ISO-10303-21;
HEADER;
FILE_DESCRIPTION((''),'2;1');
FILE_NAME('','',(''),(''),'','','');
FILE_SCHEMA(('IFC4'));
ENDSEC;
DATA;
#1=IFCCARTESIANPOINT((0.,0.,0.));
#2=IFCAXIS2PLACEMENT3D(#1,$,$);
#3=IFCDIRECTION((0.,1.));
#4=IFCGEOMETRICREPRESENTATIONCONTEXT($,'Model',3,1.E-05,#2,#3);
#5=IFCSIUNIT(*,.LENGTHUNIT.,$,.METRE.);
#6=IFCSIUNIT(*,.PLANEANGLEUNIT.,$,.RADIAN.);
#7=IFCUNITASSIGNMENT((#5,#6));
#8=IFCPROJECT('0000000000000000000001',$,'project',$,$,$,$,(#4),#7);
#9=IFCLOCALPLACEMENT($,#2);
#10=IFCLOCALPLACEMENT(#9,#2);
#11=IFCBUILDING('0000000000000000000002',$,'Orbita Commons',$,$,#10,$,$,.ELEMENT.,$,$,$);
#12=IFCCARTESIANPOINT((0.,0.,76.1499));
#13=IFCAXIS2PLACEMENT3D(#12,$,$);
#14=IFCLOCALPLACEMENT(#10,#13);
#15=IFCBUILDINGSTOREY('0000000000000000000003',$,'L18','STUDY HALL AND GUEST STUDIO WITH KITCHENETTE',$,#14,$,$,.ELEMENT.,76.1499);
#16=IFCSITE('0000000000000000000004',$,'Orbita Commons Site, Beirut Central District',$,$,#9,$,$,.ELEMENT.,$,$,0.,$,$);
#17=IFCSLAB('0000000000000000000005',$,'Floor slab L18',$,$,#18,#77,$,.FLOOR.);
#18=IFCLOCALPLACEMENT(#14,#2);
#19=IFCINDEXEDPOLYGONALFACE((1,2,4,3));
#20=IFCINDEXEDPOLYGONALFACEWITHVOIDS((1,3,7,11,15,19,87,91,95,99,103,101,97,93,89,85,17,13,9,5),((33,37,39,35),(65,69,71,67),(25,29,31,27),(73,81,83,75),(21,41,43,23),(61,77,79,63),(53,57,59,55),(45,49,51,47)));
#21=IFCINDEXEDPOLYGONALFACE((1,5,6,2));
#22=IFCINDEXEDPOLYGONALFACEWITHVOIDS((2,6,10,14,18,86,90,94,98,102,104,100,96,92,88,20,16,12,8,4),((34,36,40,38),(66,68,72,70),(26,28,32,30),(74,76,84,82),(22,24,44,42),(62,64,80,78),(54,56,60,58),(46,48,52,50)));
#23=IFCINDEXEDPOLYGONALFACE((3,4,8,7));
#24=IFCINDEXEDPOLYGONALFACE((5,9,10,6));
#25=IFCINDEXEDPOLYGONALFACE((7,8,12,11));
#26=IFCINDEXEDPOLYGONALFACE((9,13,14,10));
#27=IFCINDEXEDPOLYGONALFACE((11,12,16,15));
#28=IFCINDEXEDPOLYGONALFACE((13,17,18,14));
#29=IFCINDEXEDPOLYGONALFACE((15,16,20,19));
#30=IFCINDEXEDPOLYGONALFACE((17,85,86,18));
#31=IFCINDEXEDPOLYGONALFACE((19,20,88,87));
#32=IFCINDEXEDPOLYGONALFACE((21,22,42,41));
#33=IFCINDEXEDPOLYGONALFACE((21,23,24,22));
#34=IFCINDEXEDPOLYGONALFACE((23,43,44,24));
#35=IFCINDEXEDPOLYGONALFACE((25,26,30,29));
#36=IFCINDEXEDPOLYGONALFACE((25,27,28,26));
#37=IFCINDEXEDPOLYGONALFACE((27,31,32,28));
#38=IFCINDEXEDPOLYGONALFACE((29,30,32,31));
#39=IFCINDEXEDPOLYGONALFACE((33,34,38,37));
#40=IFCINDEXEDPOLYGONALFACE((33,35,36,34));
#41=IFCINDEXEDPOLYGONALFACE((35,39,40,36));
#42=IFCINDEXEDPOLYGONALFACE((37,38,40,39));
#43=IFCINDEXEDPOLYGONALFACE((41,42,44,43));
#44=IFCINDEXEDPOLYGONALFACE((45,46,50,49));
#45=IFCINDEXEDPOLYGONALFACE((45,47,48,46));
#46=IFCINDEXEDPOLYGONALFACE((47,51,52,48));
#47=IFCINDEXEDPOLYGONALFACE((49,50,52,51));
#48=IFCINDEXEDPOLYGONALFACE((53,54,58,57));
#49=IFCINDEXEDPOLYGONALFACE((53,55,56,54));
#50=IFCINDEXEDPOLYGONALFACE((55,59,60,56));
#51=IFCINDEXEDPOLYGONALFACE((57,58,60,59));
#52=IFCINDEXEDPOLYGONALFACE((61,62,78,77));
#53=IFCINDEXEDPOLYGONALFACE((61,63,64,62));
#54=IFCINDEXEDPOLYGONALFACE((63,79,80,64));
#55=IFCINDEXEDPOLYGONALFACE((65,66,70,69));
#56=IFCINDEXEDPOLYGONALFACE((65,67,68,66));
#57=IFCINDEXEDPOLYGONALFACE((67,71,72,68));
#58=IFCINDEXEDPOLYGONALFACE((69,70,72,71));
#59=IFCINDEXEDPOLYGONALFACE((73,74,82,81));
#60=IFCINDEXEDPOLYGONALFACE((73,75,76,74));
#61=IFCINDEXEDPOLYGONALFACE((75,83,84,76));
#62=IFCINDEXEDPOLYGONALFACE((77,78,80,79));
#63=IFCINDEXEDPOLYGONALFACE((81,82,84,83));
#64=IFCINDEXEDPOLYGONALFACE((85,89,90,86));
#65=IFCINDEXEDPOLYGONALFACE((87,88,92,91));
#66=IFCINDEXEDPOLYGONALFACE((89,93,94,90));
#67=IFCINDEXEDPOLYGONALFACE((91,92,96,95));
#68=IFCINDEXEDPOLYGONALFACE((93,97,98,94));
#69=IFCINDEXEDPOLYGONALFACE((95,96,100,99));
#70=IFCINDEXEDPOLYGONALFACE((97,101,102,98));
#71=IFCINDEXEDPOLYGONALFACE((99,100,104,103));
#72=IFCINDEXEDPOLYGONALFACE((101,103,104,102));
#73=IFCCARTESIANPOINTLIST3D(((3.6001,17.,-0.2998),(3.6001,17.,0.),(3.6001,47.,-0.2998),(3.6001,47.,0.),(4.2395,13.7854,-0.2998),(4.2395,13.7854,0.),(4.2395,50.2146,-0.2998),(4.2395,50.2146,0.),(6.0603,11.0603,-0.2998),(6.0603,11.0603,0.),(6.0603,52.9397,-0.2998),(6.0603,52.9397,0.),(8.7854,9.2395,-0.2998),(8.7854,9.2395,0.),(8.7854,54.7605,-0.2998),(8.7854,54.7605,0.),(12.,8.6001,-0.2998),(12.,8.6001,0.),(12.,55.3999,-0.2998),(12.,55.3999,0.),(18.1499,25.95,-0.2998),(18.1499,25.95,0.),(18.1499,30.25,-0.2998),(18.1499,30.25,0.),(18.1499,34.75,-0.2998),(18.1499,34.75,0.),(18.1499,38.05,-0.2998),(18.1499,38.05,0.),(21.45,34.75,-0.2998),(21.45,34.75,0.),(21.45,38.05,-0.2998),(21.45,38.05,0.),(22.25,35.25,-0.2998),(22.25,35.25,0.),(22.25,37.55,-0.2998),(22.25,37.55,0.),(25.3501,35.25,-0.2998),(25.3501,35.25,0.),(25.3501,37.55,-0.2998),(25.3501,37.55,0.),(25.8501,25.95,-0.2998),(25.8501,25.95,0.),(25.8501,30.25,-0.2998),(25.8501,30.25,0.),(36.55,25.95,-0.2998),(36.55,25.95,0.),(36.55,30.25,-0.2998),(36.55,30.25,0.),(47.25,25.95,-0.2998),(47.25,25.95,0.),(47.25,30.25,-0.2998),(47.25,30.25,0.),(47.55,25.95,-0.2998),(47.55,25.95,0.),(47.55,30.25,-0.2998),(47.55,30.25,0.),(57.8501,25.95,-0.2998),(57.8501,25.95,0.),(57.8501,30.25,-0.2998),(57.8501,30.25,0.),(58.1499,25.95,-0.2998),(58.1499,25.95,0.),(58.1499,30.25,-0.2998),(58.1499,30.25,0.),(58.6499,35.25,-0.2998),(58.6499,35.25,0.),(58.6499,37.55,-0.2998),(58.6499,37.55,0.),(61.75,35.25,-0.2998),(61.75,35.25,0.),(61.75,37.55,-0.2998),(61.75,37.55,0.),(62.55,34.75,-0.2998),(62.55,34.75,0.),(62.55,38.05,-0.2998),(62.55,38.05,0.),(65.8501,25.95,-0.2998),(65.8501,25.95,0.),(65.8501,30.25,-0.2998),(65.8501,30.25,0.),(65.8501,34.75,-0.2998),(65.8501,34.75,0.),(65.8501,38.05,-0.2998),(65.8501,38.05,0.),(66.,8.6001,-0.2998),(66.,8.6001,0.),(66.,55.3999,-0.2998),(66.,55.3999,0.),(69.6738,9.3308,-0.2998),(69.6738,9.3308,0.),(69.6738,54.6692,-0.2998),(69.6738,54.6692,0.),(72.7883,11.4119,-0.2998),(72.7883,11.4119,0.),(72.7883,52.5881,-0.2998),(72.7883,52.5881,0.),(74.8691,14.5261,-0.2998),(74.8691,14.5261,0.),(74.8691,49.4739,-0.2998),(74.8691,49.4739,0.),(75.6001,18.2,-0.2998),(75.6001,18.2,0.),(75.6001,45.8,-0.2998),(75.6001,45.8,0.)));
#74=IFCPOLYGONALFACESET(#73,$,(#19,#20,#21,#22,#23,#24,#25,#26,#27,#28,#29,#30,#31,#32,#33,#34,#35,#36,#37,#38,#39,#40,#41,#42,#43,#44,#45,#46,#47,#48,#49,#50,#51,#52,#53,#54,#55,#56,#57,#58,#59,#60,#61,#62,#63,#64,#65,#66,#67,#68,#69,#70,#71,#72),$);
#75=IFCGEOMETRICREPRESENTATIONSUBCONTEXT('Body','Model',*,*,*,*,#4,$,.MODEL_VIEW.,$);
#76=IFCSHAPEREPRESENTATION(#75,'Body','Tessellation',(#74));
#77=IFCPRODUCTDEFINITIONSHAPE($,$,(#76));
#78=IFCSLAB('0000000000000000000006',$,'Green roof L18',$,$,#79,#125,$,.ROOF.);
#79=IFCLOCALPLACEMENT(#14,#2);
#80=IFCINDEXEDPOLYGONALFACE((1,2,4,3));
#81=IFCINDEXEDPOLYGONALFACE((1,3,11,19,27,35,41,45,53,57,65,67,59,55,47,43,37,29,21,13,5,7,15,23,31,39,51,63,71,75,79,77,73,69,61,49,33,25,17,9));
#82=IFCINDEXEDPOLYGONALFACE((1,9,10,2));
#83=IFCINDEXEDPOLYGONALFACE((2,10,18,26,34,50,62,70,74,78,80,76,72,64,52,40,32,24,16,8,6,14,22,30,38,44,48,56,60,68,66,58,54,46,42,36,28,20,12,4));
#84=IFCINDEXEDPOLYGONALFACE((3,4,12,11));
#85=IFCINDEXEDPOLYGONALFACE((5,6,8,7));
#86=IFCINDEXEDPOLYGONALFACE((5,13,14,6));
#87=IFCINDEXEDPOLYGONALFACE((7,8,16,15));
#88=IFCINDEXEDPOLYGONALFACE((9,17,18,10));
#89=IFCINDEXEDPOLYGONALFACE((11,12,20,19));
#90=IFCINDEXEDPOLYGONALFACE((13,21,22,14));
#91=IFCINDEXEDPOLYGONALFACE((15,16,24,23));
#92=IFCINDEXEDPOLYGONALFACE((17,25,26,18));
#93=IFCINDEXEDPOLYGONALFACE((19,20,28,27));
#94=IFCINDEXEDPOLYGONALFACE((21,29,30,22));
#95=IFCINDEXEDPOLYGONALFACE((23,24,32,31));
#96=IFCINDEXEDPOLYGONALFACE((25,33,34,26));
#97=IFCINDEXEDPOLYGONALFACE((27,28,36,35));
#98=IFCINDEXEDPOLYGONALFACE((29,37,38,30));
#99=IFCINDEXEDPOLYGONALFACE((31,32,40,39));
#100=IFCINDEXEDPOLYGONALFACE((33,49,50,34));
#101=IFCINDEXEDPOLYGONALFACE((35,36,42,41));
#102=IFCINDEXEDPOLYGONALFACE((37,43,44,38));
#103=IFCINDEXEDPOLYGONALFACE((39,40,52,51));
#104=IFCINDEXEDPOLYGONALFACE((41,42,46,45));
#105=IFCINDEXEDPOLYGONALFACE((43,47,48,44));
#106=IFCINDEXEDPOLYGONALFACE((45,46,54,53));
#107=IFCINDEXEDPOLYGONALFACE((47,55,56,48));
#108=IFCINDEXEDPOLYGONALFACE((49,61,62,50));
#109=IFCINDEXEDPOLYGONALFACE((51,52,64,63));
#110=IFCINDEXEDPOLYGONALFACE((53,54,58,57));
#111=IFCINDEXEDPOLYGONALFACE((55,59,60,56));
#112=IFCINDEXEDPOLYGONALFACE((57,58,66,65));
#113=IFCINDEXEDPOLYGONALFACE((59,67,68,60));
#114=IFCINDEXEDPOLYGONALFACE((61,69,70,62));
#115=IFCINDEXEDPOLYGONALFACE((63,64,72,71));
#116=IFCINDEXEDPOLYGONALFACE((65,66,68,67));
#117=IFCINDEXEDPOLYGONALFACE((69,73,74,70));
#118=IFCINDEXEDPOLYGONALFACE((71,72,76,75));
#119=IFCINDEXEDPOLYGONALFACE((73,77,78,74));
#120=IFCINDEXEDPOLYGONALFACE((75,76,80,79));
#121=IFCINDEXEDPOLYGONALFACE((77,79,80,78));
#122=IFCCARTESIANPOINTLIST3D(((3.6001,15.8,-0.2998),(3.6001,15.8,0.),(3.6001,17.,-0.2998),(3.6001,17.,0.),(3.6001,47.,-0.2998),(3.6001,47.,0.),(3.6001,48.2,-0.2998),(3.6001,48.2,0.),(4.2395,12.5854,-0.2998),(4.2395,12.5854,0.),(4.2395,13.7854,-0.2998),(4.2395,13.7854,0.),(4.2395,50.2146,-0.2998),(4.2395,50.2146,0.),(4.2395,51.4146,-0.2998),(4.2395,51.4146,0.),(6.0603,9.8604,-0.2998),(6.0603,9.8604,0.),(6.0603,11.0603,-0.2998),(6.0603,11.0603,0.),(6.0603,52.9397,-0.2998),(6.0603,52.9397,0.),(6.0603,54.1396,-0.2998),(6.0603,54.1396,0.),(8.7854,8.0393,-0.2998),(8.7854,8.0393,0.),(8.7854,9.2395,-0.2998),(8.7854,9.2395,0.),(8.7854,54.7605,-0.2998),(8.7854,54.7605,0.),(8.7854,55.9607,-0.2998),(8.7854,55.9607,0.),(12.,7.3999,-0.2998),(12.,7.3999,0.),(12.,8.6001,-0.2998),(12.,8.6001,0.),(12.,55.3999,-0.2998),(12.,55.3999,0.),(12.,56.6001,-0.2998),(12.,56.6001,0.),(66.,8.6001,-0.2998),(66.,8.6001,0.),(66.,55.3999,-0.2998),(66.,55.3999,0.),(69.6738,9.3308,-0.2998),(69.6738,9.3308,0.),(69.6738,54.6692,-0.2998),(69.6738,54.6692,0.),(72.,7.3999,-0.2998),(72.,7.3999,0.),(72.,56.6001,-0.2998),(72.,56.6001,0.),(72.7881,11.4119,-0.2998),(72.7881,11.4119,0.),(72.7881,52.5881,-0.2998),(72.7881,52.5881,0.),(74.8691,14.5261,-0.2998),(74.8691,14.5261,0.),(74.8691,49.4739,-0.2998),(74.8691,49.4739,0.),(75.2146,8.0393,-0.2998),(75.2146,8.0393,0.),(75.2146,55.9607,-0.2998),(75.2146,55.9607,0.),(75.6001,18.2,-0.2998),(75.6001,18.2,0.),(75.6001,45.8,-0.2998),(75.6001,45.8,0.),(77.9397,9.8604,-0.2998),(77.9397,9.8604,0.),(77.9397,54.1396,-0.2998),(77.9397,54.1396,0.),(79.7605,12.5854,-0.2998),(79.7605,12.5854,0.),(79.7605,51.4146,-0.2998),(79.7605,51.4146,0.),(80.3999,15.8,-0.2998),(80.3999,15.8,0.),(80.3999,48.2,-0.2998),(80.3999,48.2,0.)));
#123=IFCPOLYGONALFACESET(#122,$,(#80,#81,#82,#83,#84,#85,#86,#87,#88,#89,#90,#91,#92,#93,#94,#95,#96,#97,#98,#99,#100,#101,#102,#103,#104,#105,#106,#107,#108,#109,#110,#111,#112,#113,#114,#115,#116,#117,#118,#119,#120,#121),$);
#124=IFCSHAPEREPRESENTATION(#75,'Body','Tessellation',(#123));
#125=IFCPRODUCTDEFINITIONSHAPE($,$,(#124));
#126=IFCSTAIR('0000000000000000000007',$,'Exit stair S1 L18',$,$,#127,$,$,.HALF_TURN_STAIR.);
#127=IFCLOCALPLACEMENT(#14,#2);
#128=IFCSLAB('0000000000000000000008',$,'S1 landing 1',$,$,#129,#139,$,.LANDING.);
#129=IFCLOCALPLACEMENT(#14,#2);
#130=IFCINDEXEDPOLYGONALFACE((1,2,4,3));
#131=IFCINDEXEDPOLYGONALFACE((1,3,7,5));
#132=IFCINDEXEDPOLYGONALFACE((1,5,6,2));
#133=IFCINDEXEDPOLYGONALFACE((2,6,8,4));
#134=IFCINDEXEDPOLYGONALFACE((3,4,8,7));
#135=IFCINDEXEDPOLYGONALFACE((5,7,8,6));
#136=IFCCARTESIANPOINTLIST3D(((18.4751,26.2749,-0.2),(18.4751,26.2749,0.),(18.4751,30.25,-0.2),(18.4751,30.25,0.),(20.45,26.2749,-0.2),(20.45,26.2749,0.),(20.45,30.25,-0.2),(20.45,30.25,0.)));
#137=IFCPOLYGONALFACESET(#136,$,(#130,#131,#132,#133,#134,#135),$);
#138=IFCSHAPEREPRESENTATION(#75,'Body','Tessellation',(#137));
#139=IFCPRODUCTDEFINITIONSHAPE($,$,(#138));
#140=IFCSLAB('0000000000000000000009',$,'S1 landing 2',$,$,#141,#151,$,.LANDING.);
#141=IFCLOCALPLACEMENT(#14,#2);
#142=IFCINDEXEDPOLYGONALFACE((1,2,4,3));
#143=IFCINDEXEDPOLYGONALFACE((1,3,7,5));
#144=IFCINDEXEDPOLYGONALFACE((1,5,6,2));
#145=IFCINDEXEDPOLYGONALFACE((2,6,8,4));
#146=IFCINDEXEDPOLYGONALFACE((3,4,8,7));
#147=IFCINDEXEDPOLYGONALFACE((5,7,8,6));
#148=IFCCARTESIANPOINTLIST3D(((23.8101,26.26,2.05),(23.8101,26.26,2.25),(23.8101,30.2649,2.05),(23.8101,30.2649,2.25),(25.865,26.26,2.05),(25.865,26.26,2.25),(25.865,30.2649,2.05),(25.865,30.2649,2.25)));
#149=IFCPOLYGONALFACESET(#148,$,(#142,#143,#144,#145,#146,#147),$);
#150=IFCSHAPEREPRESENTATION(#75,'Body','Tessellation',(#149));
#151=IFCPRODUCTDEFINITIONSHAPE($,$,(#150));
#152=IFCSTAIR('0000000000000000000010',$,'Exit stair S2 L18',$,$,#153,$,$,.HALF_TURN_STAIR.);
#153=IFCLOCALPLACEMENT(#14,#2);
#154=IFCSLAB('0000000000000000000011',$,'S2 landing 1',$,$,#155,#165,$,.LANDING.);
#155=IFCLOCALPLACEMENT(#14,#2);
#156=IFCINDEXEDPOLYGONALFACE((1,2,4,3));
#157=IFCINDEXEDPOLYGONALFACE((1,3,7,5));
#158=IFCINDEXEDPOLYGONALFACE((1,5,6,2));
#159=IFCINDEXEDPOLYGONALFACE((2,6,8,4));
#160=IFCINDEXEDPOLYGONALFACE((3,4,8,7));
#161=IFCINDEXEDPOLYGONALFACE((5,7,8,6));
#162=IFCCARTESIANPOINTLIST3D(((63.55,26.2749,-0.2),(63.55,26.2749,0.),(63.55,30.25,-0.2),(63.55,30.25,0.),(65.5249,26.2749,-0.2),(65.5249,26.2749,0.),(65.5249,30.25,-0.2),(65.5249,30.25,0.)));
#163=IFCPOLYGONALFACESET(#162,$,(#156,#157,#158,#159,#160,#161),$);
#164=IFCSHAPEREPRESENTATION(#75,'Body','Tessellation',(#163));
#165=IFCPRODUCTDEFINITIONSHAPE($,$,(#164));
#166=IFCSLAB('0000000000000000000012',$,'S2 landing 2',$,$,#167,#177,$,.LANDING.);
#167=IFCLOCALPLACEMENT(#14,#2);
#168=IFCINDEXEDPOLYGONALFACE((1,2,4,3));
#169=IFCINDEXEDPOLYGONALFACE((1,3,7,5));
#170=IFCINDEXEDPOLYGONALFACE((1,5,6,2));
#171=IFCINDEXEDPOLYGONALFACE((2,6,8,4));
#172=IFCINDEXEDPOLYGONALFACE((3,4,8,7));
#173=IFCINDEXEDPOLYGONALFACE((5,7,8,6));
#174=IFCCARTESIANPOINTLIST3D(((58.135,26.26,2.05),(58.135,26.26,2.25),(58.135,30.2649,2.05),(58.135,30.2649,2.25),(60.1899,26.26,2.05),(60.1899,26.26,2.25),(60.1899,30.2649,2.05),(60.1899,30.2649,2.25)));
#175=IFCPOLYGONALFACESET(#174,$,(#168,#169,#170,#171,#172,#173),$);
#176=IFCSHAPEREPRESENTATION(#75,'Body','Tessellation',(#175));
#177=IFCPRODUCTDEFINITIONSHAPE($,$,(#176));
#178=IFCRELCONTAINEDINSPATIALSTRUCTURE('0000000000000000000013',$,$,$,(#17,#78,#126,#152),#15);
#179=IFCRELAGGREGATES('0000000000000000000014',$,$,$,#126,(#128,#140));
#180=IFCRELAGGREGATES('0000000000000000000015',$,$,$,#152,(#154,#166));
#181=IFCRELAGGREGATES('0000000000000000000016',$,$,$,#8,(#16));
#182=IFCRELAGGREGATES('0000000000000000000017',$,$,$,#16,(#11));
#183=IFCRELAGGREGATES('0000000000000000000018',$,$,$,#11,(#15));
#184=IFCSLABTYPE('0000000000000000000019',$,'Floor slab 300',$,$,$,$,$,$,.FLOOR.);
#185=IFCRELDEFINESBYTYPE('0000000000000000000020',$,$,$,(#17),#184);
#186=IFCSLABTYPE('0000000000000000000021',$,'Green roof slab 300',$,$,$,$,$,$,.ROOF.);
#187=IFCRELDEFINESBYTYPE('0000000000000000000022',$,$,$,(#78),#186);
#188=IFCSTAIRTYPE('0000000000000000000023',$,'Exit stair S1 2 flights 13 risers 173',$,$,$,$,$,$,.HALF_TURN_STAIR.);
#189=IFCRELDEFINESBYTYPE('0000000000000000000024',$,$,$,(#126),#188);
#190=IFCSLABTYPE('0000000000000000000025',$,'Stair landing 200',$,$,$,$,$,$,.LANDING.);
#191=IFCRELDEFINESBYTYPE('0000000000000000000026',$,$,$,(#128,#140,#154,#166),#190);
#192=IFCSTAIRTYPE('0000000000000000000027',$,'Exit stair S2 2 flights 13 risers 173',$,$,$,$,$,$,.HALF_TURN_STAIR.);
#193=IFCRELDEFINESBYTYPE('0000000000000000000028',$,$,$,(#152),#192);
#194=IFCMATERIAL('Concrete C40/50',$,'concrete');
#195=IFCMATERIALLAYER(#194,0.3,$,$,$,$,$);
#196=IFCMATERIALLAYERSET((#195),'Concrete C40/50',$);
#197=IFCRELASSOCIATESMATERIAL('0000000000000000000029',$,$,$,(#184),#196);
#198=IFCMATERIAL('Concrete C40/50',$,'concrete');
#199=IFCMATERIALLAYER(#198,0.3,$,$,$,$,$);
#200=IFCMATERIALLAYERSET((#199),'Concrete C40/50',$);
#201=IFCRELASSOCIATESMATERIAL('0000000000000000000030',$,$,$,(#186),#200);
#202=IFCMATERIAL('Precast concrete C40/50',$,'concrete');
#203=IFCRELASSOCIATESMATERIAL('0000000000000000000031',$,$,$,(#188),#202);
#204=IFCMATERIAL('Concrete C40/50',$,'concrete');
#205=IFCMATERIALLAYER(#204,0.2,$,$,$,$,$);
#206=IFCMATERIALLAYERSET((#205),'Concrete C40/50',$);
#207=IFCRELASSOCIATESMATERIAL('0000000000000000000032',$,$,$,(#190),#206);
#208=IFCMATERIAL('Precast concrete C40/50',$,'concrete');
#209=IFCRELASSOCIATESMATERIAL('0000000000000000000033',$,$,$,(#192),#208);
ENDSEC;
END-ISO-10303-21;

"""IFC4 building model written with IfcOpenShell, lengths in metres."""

from ifc_helpers import new_model, si_unit, direction, frame, origin, place, context, subcontext, project, spatial, polyline, outline, extrude, material, layer, layer_set, type_object, element, aggregate, save


model = new_model("IFC4")

# Units and contexts
model_context = context("Model", 3, precision=1e-05, world=origin(), true_north=direction((0.0, 1.0)))
body_context = subcontext(model_context, "Body", "Model", "MODEL_VIEW")
ifc_project = project(units=[si_unit("LENGTHUNIT", "METRE"), si_unit("PLANEANGLEUNIT", "RADIAN")], contexts=[model_context])

# Site, building, storey
site_placement = place(None, origin())
site = spatial("IfcSite", under=ifc_project, at=site_placement, Name="Orbita Commons Site, Beirut Central District", CompositionType="ELEMENT", RefElevation=0.0)
building_placement = place(site_placement, origin())
building = spatial("IfcBuilding", under=site, at=building_placement, Name="Orbita Commons", CompositionType="ELEMENT")
storey_placement = place(building_placement, frame((0.0, 0.0, 76.1499)))
storey = spatial("IfcBuildingStorey", under=building, at=storey_placement, Name="L18", Description="STUDY HALL AND GUEST STUDIO WITH KITCHENETTE", CompositionType="ELEMENT", Elevation=76.1499)

# Slabs
ifc_material_1 = material(Name="Concrete C40/50", Category="concrete")
ifc_layer_1 = layer(ifc_material_1, 0.3)
ifc_layer_set_1 = layer_set([ifc_layer_1], Name="Concrete C40/50")
slab_type_1 = type_object("IfcSlabType", Name="Floor slab 300", PredefinedType="FLOOR", material=ifc_layer_set_1)
slab_1_placement = place(storey_placement, frame((0.0, 0.0, -0.2998)))
element("IfcSlab", 1, at=slab_1_placement, inside=storey, type_object=slab_type_1, Name="Floor slab L18", PredefinedType="FLOOR", context=body_context, shape_type="SweptSolid", body=[
    extrude(outline(polyline([(66.0, 8.6001), (69.6738, 9.3308), (72.7883, 11.4119), (74.8691, 14.5261), (75.6001, 18.2), (75.6001, 45.8), (74.8691, 49.4739), (72.7883, 52.5881), (69.6738, 54.6692), (66.0, 55.3999), (12.0, 55.3999), (8.7854, 54.7605), (6.0603, 52.9397), (4.2395, 50.2146), (3.6001, 47.0), (3.6001, 17.0), (4.2395, 13.7854), (6.0603, 11.0603), (8.7854, 9.2395), (12.0, 8.6001), (66.0, 8.6001)]), holes=[polyline([(18.1499, 25.95), (25.8501, 25.95), (25.8501, 30.25), (18.1499, 30.25), (18.1499, 25.95)]), polyline([(58.1499, 25.95), (65.8501, 25.95), (65.8501, 30.25), (58.1499, 30.25), (58.1499, 25.95)]), polyline([(18.1499, 34.75), (21.45, 34.75), (21.45, 38.05), (18.1499, 38.05), (18.1499, 34.75)]), polyline([(62.55, 34.75), (65.8501, 34.75), (65.8501, 38.05), (62.55, 38.05), (62.55, 34.75)]), polyline([(22.25, 35.25), (25.3501, 35.25), (25.3501, 37.55), (22.25, 37.55), (22.25, 35.25)]), polyline([(58.6499, 35.25), (61.75, 35.25), (61.75, 37.55), (58.6499, 37.55), (58.6499, 35.25)]), polyline([(36.55, 25.95), (47.25, 25.95), (47.25, 30.25), (36.55, 30.25), (36.55, 25.95)]), polyline([(47.55, 25.95), (57.8501, 25.95), (57.8501, 30.25), (47.55, 30.25), (47.55, 25.95)])]), origin(), (0.0, 0.0, 1.0), 0.2998),
])
ifc_material_2 = material(Name="Concrete C40/50", Category="concrete")
ifc_layer_2 = layer(ifc_material_2, 0.3)
ifc_layer_set_2 = layer_set([ifc_layer_2], Name="Concrete C40/50")
slab_type_2 = type_object("IfcSlabType", Name="Green roof slab 300", PredefinedType="ROOF", material=ifc_layer_set_2)
slab_2_placement = place(storey_placement, frame((0.0, 0.0, -0.2998)))
element("IfcSlab", 2, at=slab_2_placement, inside=storey, type_object=slab_type_2, Name="Green roof L18", PredefinedType="ROOF", context=body_context, shape_type="SweptSolid", body=[
    extrude(outline(polyline([(3.6001, 48.2), (4.2395, 51.4146), (6.0603, 54.1396), (8.7854, 55.9607), (12.0, 56.6001), (72.0, 56.6001), (75.2146, 55.9607), (77.9397, 54.1396), (79.7605, 51.4146), (80.3999, 48.2), (80.3999, 15.8), (79.7605, 12.5854), (77.9397, 9.8604), (75.2146, 8.0393), (72.0, 7.3999), (12.0, 7.3999), (8.7854, 8.0393), (6.0603, 9.8604), (4.2395, 12.5854), (3.6001, 15.8), (3.6001, 17.0), (4.2395, 13.7854), (6.0603, 11.0603), (8.7854, 9.2395), (12.0, 8.6001), (66.0, 8.6001), (69.6738, 9.3308), (72.7881, 11.4119), (74.8691, 14.5261), (75.6001, 18.2), (75.6001, 45.8), (74.8691, 49.4739), (72.7881, 52.5881), (69.6738, 54.6692), (66.0, 55.3999), (12.0, 55.3999), (8.7854, 54.7605), (6.0603, 52.9397), (4.2395, 50.2146), (3.6001, 47.0), (3.6001, 48.2)])), origin(), (0.0, 0.0, 1.0), 0.2998),
])

# Stairs, slabs
ifc_material_3 = material(Name="Precast concrete C40/50", Category="concrete")
stair_type_1 = type_object("IfcStairType", Name="Exit stair S1 2 flights 13 risers 173", PredefinedType="HALF_TURN_STAIR", material=ifc_material_3)
stair_1_placement = place(storey_placement, origin())
stair_1 = element("IfcStair", 3, at=stair_1_placement, inside=storey, type_object=stair_type_1, Name="Exit stair S1 L18", PredefinedType="HALF_TURN_STAIR")
ifc_material_4 = material(Name="Concrete C40/50", Category="concrete")
ifc_layer_3 = layer(ifc_material_4, 0.2)
ifc_layer_set_3 = layer_set([ifc_layer_3], Name="Concrete C40/50")
slab_type_3 = type_object("IfcSlabType", Name="Stair landing 200", PredefinedType="LANDING", material=ifc_layer_set_3)
slab_3_placement = place(storey_placement, frame((0.0, 0.0, -0.2)))
slab_3 = element("IfcSlab", 4, at=slab_3_placement, type_object=slab_type_3, Name="S1 landing 1", PredefinedType="LANDING", context=body_context, shape_type="SweptSolid", body=[
    extrude(outline(polyline([(18.4751, 26.2749), (20.45, 26.2749), (20.45, 30.25), (18.4751, 30.25), (18.4751, 26.2749)])), origin(), (0.0, 0.0, 1.0), 0.2),
])
slab_4_placement = place(storey_placement, frame((0.0, 0.0, 2.05)))
slab_4 = element("IfcSlab", 5, at=slab_4_placement, type_object=slab_type_3, Name="S1 landing 2", PredefinedType="LANDING", context=body_context, shape_type="SweptSolid", body=[
    extrude(outline(polyline([(23.8101, 26.26), (25.865, 26.26), (25.865, 30.2649), (23.8101, 30.2649), (23.8101, 26.26)])), origin(), (0.0, 0.0, 1.0), 0.2),
])
aggregate(stair_1, [slab_3, slab_4])
ifc_material_5 = material(Name="Precast concrete C40/50", Category="concrete")
stair_type_2 = type_object("IfcStairType", Name="Exit stair S2 2 flights 13 risers 173", PredefinedType="HALF_TURN_STAIR", material=ifc_material_5)
stair_2_placement = place(storey_placement, origin())
stair_2 = element("IfcStair", 6, at=stair_2_placement, inside=storey, type_object=stair_type_2, Name="Exit stair S2 L18", PredefinedType="HALF_TURN_STAIR")
slab_5_placement = place(storey_placement, frame((0.0, 0.0, -0.2)))
slab_5 = element("IfcSlab", 7, at=slab_5_placement, type_object=slab_type_3, Name="S2 landing 1", PredefinedType="LANDING", context=body_context, shape_type="SweptSolid", body=[
    extrude(outline(polyline([(63.55, 26.2749), (65.5249, 26.2749), (65.5249, 30.25), (63.55, 30.25), (63.55, 26.2749)])), origin(), (0.0, 0.0, 1.0), 0.2),
])
slab_6_placement = place(storey_placement, frame((0.0, 0.0, 2.05)))
slab_6 = element("IfcSlab", 8, at=slab_6_placement, type_object=slab_type_3, Name="S2 landing 2", PredefinedType="LANDING", context=body_context, shape_type="SweptSolid", body=[
    extrude(outline(polyline([(58.135, 26.26), (60.1899, 26.26), (60.1899, 30.2649), (58.135, 30.2649), (58.135, 26.26)])), origin(), (0.0, 0.0, 1.0), 0.2),
])
aggregate(stair_2, [slab_5, slab_6])

save(model, "model.ifc")
